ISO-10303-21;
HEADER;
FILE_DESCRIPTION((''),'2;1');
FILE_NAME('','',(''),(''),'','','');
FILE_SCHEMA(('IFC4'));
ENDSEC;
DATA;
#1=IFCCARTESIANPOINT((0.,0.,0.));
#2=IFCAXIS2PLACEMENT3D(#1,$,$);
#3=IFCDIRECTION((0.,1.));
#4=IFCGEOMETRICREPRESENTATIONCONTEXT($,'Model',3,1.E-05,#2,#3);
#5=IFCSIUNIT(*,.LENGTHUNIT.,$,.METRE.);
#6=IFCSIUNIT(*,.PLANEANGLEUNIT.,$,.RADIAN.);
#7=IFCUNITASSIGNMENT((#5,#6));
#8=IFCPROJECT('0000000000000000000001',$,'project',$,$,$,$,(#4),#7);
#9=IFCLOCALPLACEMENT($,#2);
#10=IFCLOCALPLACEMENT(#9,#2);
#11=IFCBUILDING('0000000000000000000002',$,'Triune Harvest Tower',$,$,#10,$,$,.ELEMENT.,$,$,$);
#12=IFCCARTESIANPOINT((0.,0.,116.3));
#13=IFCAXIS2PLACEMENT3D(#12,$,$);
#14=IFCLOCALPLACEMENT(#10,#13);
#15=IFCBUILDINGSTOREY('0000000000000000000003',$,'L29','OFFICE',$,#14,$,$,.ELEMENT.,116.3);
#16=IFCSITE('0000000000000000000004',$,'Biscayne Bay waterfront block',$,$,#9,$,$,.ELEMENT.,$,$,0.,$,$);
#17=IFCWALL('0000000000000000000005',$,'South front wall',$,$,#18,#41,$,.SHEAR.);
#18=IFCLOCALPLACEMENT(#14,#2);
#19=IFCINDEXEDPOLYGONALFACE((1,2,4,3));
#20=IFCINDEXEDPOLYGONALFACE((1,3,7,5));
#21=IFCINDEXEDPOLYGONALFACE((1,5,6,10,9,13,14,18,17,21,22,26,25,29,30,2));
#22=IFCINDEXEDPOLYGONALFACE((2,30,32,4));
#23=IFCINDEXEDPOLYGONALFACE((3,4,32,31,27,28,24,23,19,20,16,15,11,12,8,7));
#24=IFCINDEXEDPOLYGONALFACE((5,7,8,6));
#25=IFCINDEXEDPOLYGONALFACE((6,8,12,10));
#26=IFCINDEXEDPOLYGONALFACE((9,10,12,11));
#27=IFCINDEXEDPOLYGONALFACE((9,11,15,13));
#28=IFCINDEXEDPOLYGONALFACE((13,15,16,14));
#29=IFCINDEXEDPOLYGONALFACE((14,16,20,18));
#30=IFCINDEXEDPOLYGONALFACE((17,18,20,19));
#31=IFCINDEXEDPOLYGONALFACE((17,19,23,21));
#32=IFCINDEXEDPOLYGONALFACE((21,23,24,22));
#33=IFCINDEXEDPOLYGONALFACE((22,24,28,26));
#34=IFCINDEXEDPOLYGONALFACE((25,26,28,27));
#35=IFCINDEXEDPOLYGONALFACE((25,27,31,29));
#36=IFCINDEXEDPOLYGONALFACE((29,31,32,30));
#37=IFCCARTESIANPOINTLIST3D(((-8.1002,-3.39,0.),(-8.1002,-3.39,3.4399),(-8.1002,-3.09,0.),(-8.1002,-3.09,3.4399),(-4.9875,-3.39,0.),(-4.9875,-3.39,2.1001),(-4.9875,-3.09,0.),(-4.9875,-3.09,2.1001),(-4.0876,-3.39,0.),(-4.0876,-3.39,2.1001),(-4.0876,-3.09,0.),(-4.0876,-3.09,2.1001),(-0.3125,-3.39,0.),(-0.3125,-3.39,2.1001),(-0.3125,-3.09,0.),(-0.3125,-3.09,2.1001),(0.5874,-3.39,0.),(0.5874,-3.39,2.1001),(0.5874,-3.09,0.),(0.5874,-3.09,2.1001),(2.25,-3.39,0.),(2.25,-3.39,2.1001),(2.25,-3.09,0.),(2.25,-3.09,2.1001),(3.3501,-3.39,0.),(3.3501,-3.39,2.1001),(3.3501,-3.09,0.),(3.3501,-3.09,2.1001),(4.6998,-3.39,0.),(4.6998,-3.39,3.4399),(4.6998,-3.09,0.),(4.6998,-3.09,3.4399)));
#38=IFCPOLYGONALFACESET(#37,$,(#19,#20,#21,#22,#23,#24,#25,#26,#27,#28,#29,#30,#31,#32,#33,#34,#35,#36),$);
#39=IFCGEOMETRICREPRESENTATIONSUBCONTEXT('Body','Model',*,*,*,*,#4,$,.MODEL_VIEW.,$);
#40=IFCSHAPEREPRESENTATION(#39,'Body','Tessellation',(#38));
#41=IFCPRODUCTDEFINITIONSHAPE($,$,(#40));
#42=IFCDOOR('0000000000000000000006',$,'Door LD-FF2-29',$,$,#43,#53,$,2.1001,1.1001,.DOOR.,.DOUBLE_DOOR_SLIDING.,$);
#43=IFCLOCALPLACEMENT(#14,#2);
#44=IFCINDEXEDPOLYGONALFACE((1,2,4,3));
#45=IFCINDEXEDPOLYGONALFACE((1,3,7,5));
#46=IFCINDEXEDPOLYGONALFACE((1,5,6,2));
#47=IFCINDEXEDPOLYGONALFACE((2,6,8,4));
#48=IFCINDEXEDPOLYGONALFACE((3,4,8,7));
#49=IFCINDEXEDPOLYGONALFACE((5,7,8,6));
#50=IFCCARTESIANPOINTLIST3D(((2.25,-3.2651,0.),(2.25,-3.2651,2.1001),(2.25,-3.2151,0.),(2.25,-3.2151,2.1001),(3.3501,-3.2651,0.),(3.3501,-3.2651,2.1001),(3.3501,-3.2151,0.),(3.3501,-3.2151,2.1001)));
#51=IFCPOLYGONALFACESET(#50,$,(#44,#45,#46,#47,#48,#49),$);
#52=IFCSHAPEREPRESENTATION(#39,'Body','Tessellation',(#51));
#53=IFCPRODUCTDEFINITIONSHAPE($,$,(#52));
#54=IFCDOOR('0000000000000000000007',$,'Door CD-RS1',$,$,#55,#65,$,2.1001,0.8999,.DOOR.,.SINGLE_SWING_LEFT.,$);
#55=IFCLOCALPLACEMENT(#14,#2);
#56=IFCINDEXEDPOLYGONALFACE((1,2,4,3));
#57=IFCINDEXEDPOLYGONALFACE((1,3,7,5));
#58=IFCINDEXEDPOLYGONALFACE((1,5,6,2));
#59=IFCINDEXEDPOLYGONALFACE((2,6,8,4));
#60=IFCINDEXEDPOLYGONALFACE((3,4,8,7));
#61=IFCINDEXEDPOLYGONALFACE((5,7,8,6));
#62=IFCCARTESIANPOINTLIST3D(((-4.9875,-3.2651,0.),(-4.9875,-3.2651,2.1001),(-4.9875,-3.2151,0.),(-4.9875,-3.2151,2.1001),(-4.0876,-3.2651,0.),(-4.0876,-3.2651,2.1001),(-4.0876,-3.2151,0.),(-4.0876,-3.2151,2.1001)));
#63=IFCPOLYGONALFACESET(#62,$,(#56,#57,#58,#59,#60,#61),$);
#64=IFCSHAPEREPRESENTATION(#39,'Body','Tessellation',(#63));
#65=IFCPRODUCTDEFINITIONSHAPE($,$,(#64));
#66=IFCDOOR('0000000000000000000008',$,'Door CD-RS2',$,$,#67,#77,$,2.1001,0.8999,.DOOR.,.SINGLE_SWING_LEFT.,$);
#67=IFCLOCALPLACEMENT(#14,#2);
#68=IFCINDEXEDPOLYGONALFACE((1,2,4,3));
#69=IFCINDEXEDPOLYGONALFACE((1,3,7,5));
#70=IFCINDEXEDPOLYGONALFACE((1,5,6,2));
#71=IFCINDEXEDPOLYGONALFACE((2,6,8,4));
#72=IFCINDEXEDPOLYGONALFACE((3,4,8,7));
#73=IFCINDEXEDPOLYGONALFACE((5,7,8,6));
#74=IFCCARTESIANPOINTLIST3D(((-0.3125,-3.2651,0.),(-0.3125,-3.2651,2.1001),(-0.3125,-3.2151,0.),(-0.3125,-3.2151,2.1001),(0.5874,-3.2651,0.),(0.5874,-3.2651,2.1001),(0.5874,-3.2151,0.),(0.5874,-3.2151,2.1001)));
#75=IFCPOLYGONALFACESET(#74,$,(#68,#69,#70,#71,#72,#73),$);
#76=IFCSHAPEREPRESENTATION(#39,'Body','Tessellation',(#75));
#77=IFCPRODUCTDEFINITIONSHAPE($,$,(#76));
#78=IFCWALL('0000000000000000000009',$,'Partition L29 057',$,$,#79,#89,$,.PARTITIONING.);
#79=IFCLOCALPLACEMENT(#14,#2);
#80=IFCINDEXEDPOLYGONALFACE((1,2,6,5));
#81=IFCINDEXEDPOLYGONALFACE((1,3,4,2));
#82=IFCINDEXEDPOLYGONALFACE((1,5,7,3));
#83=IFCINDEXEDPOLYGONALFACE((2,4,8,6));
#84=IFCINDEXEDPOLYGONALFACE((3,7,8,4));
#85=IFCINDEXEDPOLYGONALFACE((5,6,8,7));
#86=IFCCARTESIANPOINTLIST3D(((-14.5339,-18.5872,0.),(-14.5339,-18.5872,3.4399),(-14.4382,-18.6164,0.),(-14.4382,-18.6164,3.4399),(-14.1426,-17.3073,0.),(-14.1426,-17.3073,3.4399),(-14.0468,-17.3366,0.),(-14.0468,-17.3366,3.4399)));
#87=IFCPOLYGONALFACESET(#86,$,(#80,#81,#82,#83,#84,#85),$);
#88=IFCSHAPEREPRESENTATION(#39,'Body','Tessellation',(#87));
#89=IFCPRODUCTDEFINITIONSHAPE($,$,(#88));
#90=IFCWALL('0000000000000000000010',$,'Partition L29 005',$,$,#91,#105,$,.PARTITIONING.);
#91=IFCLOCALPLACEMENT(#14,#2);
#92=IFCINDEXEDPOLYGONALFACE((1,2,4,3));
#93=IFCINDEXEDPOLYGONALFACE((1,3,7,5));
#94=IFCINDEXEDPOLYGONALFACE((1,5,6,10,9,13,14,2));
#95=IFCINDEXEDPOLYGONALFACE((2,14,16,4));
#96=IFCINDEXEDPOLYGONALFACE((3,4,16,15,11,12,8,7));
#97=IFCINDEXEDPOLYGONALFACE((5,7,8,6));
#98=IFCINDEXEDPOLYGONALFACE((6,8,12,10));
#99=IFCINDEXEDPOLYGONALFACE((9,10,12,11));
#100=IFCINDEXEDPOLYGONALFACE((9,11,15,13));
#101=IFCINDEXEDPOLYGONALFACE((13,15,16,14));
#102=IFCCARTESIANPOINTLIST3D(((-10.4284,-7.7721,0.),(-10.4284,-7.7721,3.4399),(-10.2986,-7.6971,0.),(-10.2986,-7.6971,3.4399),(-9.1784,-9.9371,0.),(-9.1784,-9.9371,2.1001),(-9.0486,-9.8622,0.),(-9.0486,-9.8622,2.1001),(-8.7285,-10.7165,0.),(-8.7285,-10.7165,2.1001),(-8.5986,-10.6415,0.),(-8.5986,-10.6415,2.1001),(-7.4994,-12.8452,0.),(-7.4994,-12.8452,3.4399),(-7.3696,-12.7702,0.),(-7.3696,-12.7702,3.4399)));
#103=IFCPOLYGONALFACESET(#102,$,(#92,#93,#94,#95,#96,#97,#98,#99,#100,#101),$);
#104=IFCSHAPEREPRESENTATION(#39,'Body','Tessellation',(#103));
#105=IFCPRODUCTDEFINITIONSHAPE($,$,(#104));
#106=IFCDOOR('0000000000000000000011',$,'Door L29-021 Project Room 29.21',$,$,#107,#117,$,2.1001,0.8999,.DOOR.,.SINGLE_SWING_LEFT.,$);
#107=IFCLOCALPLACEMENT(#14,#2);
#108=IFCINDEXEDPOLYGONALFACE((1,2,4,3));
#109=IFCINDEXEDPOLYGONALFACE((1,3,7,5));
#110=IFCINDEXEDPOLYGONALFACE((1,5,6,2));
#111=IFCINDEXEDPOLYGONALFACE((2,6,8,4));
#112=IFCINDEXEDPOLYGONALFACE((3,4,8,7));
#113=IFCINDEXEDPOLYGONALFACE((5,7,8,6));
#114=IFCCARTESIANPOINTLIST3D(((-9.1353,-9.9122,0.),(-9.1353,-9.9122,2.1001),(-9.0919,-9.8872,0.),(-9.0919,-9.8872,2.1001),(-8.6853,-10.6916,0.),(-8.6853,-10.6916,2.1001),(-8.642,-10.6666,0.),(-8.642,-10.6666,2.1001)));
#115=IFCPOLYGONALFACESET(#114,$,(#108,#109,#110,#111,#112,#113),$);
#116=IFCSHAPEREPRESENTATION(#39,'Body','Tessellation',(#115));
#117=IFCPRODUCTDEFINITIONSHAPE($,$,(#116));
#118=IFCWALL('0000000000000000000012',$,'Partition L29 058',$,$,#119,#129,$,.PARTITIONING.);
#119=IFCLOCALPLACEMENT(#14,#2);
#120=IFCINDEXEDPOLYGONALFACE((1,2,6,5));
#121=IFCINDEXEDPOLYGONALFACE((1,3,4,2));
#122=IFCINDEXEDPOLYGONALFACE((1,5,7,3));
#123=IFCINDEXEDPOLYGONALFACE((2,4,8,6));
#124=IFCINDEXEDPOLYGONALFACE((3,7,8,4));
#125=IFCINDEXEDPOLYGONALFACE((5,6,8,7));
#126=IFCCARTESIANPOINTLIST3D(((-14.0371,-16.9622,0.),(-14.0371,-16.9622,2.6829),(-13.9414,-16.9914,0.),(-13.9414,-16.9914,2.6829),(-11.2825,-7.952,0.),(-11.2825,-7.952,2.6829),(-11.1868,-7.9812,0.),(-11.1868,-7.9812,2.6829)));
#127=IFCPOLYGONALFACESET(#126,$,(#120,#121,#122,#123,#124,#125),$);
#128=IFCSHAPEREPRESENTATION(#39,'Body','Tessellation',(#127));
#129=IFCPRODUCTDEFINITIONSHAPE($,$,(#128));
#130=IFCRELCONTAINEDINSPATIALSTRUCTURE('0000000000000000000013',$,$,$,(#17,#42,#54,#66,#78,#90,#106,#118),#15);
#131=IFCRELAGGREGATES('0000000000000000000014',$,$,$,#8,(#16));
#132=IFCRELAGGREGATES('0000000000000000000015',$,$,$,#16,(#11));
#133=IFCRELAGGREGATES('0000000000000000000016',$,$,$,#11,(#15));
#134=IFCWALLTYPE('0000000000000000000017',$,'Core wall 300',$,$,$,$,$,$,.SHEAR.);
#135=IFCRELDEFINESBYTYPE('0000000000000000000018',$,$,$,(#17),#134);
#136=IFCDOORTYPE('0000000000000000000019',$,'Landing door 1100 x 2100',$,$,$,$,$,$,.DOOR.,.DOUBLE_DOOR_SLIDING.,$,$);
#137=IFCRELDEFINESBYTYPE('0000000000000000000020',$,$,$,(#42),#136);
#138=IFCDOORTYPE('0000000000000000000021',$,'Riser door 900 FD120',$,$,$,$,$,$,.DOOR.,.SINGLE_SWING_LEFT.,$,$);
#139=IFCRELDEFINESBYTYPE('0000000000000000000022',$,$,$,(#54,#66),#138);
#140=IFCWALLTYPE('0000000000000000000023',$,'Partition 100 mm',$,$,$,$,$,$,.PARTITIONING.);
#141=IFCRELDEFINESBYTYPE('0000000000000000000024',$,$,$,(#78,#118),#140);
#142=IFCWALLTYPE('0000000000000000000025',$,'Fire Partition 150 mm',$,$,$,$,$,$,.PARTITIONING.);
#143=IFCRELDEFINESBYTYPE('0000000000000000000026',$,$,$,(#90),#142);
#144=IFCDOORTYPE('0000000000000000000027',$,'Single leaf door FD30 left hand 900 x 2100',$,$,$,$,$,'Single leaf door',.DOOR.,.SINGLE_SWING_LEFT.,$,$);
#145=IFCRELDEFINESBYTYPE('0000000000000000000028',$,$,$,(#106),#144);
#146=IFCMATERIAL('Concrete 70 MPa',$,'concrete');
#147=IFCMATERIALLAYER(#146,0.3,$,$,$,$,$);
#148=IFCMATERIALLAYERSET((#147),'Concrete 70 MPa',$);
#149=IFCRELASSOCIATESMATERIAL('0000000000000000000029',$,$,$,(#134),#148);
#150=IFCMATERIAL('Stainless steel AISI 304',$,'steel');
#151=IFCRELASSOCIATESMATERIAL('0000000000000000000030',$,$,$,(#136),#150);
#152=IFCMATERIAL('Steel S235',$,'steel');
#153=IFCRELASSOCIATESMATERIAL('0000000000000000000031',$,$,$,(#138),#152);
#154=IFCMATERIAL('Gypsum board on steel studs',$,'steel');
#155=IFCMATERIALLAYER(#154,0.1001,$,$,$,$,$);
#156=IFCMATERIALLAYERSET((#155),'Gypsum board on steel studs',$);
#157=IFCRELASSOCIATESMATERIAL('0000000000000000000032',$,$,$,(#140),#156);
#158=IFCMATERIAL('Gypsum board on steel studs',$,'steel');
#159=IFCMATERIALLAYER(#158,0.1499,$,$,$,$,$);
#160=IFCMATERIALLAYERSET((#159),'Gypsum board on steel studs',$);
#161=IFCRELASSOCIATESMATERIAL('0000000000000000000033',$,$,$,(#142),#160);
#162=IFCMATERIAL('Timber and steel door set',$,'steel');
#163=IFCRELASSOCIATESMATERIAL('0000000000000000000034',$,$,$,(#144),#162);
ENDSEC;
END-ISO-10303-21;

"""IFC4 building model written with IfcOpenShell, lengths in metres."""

from ifc_helpers import new_model, si_unit, direction, frame, frame_2d, origin, place, context, subcontext, project, spatial, rectangle, extrude, source, transform, mapped, material, layer, layer_set, type_object, element, fill, save


model = new_model("IFC4")

# Units and contexts
model_context = context("Model", 3, precision=1e-05, world=origin(), true_north=direction((0.0, 1.0)))
body_context = subcontext(model_context, "Body", "Model", "MODEL_VIEW")
ifc_project = project(units=[si_unit("LENGTHUNIT", "METRE"), si_unit("PLANEANGLEUNIT", "RADIAN")], contexts=[model_context])

# Site, building, storey
site_placement = place(None, origin())
site = spatial("IfcSite", under=ifc_project, at=site_placement, Name="Biscayne Bay waterfront block", CompositionType="ELEMENT", RefElevation=0.0)
building_placement = place(site_placement, origin())
building = spatial("IfcBuilding", under=site, at=building_placement, Name="Triune Harvest Tower", CompositionType="ELEMENT")
storey_placement = place(building_placement, frame((0.0, 0.0, 116.3)))
storey = spatial("IfcBuildingStorey", under=building, at=storey_placement, Name="L29", Description="OFFICE", CompositionType="ELEMENT", Elevation=116.3)

# Wall, openings, doors
ifc_material_1 = material(Name="Concrete 70 MPa", Category="concrete")
ifc_layer_1 = layer(ifc_material_1, 0.3)
ifc_layer_set_1 = layer_set([ifc_layer_1], Name="Concrete 70 MPa")
wall_type_1 = type_object("IfcWallType", Name="Core wall 300", PredefinedType="SHEAR", material=ifc_layer_set_1)
shared_shape_1 = source(origin(), body_context, "Body", "SweptSolid", [
    extrude(rectangle(XDim=12.8, YDim=0.3, at=frame_2d((6.3999, 0.0))), origin(), (0.0, 0.0, 1.0), 3.4399),
])
wall_1_placement = place(storey_placement, frame((-8.1001, -3.24, 0.0), z_axis=(0.0, 0.0, 1.0), x_axis=(1.0, 0.0, 0.0)))
wall_1 = element("IfcWall", 1, at=wall_1_placement, inside=storey, type_object=wall_type_1, Name="South front wall", PredefinedType="SHEAR", context=body_context, shape_type="MappedRepresentation", body=[
    mapped(shared_shape_1, transform((0.0, 0.0, 0.0), scale=1.0)),
])
opening_1_placement = place(wall_1_placement, frame((3.1125, 0.0, 0.0)))
opening_1 = element("IfcOpeningElement", 2, at=opening_1_placement, cuts=wall_1, PredefinedType="OPENING", context=body_context, shape_type="SweptSolid", body=[
    extrude(rectangle(XDim=0.8999, YDim=2.1001, at=frame_2d((0.45, 1.05))), frame((0.0, 0.1602, 0.0), z_axis=(0.0, -1.0, 0.0), x_axis=(1.0, 0.0, 0.0)), (0.0, 0.0, 1.0), 0.3201),
])
opening_2_placement = place(wall_1_placement, frame((7.7876, 0.0, 0.0)))
opening_2 = element("IfcOpeningElement", 3, at=opening_2_placement, cuts=wall_1, PredefinedType="OPENING", context=body_context, shape_type="SweptSolid", body=[
    extrude(rectangle(XDim=0.8999, YDim=2.1001, at=frame_2d((0.45, 1.05))), frame((0.0, 0.1602, 0.0), z_axis=(0.0, -1.0, 0.0), x_axis=(1.0, 0.0, 0.0)), (0.0, 0.0, 1.0), 0.3201),
])
opening_3_placement = place(wall_1_placement, frame((10.3501, 0.0, 0.0)))
opening_3 = element("IfcOpeningElement", 4, at=opening_3_placement, cuts=wall_1, PredefinedType="OPENING", context=body_context, shape_type="SweptSolid", body=[
    extrude(rectangle(XDim=1.1001, YDim=2.1001, at=frame_2d((0.55, 1.05))), frame((0.0, 0.1602, 0.0), z_axis=(0.0, -1.0, 0.0), x_axis=(1.0, 0.0, 0.0)), (0.0, 0.0, 1.0), 0.3201),
])
ifc_material_2 = material(Name="Stainless steel AISI 304", Category="steel")
door_type_1 = type_object("IfcDoorType", Name="Landing door 1100 x 2100", OperationType="DOUBLE_DOOR_SLIDING", PredefinedType="DOOR", material=ifc_material_2)
door_1_placement = place(opening_3_placement, origin())
door_1 = element("IfcDoor", 5, at=door_1_placement, inside=storey, type_object=door_type_1, Name="Door LD-FF2-29", OperationType="DOUBLE_DOOR_SLIDING", OverallHeight=2.1001, OverallWidth=1.1001, PredefinedType="DOOR", context=body_context, shape_type="SweptSolid", body=[
    extrude(rectangle(XDim=1.1001, YDim=2.1001, at=frame_2d((0.55, 1.05))), frame((0.0, 0.0249, 0.0), z_axis=(0.0, -1.0, 0.0), x_axis=(1.0, 0.0, 0.0)), (0.0, 0.0, 1.0), 0.05),
])
fill(opening_3, door_1)
ifc_material_3 = material(Name="Steel S235", Category="steel")
door_type_2 = type_object("IfcDoorType", Name="Riser door 900 FD120", OperationType="SINGLE_SWING_LEFT", PredefinedType="DOOR", material=ifc_material_3)
door_2_placement = place(opening_1_placement, origin())
door_2 = element("IfcDoor", 6, at=door_2_placement, inside=storey, type_object=door_type_2, Name="Door CD-RS1", OperationType="SINGLE_SWING_LEFT", OverallHeight=2.1001, OverallWidth=0.8999, PredefinedType="DOOR", context=body_context, shape_type="SweptSolid", body=[
    extrude(rectangle(XDim=0.8999, YDim=2.1001, at=frame_2d((0.45, 1.05))), frame((0.0, 0.0249, 0.0), z_axis=(0.0, -1.0, 0.0), x_axis=(1.0, 0.0, 0.0)), (0.0, 0.0, 1.0), 0.05),
])
fill(opening_1, door_2)
door_3_placement = place(opening_2_placement, origin())
door_3 = element("IfcDoor", 7, at=door_3_placement, inside=storey, type_object=door_type_2, Name="Door CD-RS2", OperationType="SINGLE_SWING_LEFT", OverallHeight=2.1001, OverallWidth=0.8999, PredefinedType="DOOR", context=body_context, shape_type="SweptSolid", body=[
    extrude(rectangle(XDim=0.8999, YDim=2.1001, at=frame_2d((0.45, 1.05))), frame((0.0, 0.0249, 0.0), z_axis=(0.0, -1.0, 0.0), x_axis=(1.0, 0.0, 0.0)), (0.0, 0.0, 1.0), 0.05),
])
fill(opening_2, door_3)

# Wall
ifc_material_4 = material(Name="Gypsum board on steel studs", Category="steel")
ifc_layer_2 = layer(ifc_material_4, 0.1001)
ifc_layer_set_2 = layer_set([ifc_layer_2], Name="Gypsum board on steel studs")
wall_type_2 = type_object("IfcWallType", Name="Partition 100 mm", PredefinedType="PARTITIONING", material=ifc_layer_set_2)
shared_shape_2 = source(origin(), body_context, "Body", "SweptSolid", [
    extrude(rectangle(XDim=1.3384, YDim=0.1001, at=frame_2d((0.6692, 0.0))), origin(), (0.0, 0.0, 1.0), 3.4399),
])
wall_2_placement = place(storey_placement, frame((-14.4861, -18.6018, 0.0), z_axis=(0.0, 0.0, 1.0), x_axis=(0.292432, 0.956286, 0.0)))
element("IfcWall", 8, at=wall_2_placement, inside=storey, type_object=wall_type_2, Name="Partition L29 057", PredefinedType="PARTITIONING", context=body_context, shape_type="MappedRepresentation", body=[
    mapped(shared_shape_2, transform((0.0, 0.0, 0.0), scale=1.0)),
])

# Wall, opening, door
ifc_material_5 = material(Name="Gypsum board on steel studs", Category="steel")
ifc_layer_3 = layer(ifc_material_5, 0.1499)
ifc_layer_set_3 = layer_set([ifc_layer_3], Name="Gypsum board on steel studs")
wall_type_3 = type_object("IfcWallType", Name="Fire Partition 150 mm", PredefinedType="PARTITIONING", material=ifc_layer_set_3)
shared_shape_3 = source(origin(), body_context, "Body", "SweptSolid", [
    extrude(rectangle(XDim=5.8579, YDim=0.1499, at=frame_2d((2.929, 0.0))), origin(), (0.0, 0.0, 1.0), 3.4399),
])
wall_3_placement = place(storey_placement, frame((-10.3635, -7.7346, 0.0), z_axis=(0.0, 0.0, 1.0), x_axis=(0.500007, -0.866021, 0.0)))
wall_3 = element("IfcWall", 9, at=wall_3_placement, inside=storey, type_object=wall_type_3, Name="Partition L29 005", PredefinedType="PARTITIONING", context=body_context, shape_type="MappedRepresentation", body=[
    mapped(shared_shape_3, transform((0.0, 0.0, 0.0), scale=1.0)),
])
opening_4_placement = place(wall_3_placement, frame((2.5, 0.0, 0.0)))
opening_4 = element("IfcOpeningElement", 10, at=opening_4_placement, cuts=wall_3, PredefinedType="OPENING", context=body_context, shape_type="SweptSolid", body=[
    extrude(rectangle(XDim=0.8999, YDim=2.1001, at=frame_2d((0.45, 1.05))), frame((0.0, 0.085, 0.0), z_axis=(0.0, -1.0, 0.0), x_axis=(1.0, 0.0, 0.0)), (0.0, 0.0, 1.0), 0.1699),
])
ifc_material_6 = material(Name="Timber and steel door set", Category="steel")
door_type_3 = type_object("IfcDoorType", Name="Single leaf door FD30 left hand 900 x 2100", ElementType="Single leaf door", OperationType="SINGLE_SWING_LEFT", PredefinedType="DOOR", material=ifc_material_6)
door_4_placement = place(opening_4_placement, origin())
door_4 = element("IfcDoor", 11, at=door_4_placement, inside=storey, type_object=door_type_3, Name="Door L29-021 Project Room 29.21", OperationType="SINGLE_SWING_LEFT", OverallHeight=2.1001, OverallWidth=0.8999, PredefinedType="DOOR", context=body_context, shape_type="SweptSolid", body=[
    extrude(rectangle(XDim=0.8999, YDim=2.1001, at=frame_2d((0.45, 1.05))), frame((0.0, 0.0249, 0.0), z_axis=(0.0, -1.0, 0.0), x_axis=(1.0, 0.0, 0.0)), (0.0, 0.0, 1.0), 0.05),
])
fill(opening_4, door_4)

# Wall
shared_shape_4 = source(origin(), body_context, "Body", "SweptSolid", [
    extrude(rectangle(XDim=9.4219, YDim=0.1001, at=frame_2d((4.7109, 0.0))), origin(), (0.0, 0.0, 1.0), 2.6829),
])
wall_4_placement = place(storey_placement, frame((-13.9893, -16.9768, 0.0), z_axis=(0.0, 0.0, 1.0), x_axis=(0.292365, 0.956307, 0.0)))
element("IfcWall", 12, at=wall_4_placement, inside=storey, type_object=wall_type_2, Name="Partition L29 058", PredefinedType="PARTITIONING", context=body_context, shape_type="MappedRepresentation", body=[
    mapped(shared_shape_4, transform((0.0, 0.0, 0.0), scale=1.0)),
])

save(model, "model.ifc")
